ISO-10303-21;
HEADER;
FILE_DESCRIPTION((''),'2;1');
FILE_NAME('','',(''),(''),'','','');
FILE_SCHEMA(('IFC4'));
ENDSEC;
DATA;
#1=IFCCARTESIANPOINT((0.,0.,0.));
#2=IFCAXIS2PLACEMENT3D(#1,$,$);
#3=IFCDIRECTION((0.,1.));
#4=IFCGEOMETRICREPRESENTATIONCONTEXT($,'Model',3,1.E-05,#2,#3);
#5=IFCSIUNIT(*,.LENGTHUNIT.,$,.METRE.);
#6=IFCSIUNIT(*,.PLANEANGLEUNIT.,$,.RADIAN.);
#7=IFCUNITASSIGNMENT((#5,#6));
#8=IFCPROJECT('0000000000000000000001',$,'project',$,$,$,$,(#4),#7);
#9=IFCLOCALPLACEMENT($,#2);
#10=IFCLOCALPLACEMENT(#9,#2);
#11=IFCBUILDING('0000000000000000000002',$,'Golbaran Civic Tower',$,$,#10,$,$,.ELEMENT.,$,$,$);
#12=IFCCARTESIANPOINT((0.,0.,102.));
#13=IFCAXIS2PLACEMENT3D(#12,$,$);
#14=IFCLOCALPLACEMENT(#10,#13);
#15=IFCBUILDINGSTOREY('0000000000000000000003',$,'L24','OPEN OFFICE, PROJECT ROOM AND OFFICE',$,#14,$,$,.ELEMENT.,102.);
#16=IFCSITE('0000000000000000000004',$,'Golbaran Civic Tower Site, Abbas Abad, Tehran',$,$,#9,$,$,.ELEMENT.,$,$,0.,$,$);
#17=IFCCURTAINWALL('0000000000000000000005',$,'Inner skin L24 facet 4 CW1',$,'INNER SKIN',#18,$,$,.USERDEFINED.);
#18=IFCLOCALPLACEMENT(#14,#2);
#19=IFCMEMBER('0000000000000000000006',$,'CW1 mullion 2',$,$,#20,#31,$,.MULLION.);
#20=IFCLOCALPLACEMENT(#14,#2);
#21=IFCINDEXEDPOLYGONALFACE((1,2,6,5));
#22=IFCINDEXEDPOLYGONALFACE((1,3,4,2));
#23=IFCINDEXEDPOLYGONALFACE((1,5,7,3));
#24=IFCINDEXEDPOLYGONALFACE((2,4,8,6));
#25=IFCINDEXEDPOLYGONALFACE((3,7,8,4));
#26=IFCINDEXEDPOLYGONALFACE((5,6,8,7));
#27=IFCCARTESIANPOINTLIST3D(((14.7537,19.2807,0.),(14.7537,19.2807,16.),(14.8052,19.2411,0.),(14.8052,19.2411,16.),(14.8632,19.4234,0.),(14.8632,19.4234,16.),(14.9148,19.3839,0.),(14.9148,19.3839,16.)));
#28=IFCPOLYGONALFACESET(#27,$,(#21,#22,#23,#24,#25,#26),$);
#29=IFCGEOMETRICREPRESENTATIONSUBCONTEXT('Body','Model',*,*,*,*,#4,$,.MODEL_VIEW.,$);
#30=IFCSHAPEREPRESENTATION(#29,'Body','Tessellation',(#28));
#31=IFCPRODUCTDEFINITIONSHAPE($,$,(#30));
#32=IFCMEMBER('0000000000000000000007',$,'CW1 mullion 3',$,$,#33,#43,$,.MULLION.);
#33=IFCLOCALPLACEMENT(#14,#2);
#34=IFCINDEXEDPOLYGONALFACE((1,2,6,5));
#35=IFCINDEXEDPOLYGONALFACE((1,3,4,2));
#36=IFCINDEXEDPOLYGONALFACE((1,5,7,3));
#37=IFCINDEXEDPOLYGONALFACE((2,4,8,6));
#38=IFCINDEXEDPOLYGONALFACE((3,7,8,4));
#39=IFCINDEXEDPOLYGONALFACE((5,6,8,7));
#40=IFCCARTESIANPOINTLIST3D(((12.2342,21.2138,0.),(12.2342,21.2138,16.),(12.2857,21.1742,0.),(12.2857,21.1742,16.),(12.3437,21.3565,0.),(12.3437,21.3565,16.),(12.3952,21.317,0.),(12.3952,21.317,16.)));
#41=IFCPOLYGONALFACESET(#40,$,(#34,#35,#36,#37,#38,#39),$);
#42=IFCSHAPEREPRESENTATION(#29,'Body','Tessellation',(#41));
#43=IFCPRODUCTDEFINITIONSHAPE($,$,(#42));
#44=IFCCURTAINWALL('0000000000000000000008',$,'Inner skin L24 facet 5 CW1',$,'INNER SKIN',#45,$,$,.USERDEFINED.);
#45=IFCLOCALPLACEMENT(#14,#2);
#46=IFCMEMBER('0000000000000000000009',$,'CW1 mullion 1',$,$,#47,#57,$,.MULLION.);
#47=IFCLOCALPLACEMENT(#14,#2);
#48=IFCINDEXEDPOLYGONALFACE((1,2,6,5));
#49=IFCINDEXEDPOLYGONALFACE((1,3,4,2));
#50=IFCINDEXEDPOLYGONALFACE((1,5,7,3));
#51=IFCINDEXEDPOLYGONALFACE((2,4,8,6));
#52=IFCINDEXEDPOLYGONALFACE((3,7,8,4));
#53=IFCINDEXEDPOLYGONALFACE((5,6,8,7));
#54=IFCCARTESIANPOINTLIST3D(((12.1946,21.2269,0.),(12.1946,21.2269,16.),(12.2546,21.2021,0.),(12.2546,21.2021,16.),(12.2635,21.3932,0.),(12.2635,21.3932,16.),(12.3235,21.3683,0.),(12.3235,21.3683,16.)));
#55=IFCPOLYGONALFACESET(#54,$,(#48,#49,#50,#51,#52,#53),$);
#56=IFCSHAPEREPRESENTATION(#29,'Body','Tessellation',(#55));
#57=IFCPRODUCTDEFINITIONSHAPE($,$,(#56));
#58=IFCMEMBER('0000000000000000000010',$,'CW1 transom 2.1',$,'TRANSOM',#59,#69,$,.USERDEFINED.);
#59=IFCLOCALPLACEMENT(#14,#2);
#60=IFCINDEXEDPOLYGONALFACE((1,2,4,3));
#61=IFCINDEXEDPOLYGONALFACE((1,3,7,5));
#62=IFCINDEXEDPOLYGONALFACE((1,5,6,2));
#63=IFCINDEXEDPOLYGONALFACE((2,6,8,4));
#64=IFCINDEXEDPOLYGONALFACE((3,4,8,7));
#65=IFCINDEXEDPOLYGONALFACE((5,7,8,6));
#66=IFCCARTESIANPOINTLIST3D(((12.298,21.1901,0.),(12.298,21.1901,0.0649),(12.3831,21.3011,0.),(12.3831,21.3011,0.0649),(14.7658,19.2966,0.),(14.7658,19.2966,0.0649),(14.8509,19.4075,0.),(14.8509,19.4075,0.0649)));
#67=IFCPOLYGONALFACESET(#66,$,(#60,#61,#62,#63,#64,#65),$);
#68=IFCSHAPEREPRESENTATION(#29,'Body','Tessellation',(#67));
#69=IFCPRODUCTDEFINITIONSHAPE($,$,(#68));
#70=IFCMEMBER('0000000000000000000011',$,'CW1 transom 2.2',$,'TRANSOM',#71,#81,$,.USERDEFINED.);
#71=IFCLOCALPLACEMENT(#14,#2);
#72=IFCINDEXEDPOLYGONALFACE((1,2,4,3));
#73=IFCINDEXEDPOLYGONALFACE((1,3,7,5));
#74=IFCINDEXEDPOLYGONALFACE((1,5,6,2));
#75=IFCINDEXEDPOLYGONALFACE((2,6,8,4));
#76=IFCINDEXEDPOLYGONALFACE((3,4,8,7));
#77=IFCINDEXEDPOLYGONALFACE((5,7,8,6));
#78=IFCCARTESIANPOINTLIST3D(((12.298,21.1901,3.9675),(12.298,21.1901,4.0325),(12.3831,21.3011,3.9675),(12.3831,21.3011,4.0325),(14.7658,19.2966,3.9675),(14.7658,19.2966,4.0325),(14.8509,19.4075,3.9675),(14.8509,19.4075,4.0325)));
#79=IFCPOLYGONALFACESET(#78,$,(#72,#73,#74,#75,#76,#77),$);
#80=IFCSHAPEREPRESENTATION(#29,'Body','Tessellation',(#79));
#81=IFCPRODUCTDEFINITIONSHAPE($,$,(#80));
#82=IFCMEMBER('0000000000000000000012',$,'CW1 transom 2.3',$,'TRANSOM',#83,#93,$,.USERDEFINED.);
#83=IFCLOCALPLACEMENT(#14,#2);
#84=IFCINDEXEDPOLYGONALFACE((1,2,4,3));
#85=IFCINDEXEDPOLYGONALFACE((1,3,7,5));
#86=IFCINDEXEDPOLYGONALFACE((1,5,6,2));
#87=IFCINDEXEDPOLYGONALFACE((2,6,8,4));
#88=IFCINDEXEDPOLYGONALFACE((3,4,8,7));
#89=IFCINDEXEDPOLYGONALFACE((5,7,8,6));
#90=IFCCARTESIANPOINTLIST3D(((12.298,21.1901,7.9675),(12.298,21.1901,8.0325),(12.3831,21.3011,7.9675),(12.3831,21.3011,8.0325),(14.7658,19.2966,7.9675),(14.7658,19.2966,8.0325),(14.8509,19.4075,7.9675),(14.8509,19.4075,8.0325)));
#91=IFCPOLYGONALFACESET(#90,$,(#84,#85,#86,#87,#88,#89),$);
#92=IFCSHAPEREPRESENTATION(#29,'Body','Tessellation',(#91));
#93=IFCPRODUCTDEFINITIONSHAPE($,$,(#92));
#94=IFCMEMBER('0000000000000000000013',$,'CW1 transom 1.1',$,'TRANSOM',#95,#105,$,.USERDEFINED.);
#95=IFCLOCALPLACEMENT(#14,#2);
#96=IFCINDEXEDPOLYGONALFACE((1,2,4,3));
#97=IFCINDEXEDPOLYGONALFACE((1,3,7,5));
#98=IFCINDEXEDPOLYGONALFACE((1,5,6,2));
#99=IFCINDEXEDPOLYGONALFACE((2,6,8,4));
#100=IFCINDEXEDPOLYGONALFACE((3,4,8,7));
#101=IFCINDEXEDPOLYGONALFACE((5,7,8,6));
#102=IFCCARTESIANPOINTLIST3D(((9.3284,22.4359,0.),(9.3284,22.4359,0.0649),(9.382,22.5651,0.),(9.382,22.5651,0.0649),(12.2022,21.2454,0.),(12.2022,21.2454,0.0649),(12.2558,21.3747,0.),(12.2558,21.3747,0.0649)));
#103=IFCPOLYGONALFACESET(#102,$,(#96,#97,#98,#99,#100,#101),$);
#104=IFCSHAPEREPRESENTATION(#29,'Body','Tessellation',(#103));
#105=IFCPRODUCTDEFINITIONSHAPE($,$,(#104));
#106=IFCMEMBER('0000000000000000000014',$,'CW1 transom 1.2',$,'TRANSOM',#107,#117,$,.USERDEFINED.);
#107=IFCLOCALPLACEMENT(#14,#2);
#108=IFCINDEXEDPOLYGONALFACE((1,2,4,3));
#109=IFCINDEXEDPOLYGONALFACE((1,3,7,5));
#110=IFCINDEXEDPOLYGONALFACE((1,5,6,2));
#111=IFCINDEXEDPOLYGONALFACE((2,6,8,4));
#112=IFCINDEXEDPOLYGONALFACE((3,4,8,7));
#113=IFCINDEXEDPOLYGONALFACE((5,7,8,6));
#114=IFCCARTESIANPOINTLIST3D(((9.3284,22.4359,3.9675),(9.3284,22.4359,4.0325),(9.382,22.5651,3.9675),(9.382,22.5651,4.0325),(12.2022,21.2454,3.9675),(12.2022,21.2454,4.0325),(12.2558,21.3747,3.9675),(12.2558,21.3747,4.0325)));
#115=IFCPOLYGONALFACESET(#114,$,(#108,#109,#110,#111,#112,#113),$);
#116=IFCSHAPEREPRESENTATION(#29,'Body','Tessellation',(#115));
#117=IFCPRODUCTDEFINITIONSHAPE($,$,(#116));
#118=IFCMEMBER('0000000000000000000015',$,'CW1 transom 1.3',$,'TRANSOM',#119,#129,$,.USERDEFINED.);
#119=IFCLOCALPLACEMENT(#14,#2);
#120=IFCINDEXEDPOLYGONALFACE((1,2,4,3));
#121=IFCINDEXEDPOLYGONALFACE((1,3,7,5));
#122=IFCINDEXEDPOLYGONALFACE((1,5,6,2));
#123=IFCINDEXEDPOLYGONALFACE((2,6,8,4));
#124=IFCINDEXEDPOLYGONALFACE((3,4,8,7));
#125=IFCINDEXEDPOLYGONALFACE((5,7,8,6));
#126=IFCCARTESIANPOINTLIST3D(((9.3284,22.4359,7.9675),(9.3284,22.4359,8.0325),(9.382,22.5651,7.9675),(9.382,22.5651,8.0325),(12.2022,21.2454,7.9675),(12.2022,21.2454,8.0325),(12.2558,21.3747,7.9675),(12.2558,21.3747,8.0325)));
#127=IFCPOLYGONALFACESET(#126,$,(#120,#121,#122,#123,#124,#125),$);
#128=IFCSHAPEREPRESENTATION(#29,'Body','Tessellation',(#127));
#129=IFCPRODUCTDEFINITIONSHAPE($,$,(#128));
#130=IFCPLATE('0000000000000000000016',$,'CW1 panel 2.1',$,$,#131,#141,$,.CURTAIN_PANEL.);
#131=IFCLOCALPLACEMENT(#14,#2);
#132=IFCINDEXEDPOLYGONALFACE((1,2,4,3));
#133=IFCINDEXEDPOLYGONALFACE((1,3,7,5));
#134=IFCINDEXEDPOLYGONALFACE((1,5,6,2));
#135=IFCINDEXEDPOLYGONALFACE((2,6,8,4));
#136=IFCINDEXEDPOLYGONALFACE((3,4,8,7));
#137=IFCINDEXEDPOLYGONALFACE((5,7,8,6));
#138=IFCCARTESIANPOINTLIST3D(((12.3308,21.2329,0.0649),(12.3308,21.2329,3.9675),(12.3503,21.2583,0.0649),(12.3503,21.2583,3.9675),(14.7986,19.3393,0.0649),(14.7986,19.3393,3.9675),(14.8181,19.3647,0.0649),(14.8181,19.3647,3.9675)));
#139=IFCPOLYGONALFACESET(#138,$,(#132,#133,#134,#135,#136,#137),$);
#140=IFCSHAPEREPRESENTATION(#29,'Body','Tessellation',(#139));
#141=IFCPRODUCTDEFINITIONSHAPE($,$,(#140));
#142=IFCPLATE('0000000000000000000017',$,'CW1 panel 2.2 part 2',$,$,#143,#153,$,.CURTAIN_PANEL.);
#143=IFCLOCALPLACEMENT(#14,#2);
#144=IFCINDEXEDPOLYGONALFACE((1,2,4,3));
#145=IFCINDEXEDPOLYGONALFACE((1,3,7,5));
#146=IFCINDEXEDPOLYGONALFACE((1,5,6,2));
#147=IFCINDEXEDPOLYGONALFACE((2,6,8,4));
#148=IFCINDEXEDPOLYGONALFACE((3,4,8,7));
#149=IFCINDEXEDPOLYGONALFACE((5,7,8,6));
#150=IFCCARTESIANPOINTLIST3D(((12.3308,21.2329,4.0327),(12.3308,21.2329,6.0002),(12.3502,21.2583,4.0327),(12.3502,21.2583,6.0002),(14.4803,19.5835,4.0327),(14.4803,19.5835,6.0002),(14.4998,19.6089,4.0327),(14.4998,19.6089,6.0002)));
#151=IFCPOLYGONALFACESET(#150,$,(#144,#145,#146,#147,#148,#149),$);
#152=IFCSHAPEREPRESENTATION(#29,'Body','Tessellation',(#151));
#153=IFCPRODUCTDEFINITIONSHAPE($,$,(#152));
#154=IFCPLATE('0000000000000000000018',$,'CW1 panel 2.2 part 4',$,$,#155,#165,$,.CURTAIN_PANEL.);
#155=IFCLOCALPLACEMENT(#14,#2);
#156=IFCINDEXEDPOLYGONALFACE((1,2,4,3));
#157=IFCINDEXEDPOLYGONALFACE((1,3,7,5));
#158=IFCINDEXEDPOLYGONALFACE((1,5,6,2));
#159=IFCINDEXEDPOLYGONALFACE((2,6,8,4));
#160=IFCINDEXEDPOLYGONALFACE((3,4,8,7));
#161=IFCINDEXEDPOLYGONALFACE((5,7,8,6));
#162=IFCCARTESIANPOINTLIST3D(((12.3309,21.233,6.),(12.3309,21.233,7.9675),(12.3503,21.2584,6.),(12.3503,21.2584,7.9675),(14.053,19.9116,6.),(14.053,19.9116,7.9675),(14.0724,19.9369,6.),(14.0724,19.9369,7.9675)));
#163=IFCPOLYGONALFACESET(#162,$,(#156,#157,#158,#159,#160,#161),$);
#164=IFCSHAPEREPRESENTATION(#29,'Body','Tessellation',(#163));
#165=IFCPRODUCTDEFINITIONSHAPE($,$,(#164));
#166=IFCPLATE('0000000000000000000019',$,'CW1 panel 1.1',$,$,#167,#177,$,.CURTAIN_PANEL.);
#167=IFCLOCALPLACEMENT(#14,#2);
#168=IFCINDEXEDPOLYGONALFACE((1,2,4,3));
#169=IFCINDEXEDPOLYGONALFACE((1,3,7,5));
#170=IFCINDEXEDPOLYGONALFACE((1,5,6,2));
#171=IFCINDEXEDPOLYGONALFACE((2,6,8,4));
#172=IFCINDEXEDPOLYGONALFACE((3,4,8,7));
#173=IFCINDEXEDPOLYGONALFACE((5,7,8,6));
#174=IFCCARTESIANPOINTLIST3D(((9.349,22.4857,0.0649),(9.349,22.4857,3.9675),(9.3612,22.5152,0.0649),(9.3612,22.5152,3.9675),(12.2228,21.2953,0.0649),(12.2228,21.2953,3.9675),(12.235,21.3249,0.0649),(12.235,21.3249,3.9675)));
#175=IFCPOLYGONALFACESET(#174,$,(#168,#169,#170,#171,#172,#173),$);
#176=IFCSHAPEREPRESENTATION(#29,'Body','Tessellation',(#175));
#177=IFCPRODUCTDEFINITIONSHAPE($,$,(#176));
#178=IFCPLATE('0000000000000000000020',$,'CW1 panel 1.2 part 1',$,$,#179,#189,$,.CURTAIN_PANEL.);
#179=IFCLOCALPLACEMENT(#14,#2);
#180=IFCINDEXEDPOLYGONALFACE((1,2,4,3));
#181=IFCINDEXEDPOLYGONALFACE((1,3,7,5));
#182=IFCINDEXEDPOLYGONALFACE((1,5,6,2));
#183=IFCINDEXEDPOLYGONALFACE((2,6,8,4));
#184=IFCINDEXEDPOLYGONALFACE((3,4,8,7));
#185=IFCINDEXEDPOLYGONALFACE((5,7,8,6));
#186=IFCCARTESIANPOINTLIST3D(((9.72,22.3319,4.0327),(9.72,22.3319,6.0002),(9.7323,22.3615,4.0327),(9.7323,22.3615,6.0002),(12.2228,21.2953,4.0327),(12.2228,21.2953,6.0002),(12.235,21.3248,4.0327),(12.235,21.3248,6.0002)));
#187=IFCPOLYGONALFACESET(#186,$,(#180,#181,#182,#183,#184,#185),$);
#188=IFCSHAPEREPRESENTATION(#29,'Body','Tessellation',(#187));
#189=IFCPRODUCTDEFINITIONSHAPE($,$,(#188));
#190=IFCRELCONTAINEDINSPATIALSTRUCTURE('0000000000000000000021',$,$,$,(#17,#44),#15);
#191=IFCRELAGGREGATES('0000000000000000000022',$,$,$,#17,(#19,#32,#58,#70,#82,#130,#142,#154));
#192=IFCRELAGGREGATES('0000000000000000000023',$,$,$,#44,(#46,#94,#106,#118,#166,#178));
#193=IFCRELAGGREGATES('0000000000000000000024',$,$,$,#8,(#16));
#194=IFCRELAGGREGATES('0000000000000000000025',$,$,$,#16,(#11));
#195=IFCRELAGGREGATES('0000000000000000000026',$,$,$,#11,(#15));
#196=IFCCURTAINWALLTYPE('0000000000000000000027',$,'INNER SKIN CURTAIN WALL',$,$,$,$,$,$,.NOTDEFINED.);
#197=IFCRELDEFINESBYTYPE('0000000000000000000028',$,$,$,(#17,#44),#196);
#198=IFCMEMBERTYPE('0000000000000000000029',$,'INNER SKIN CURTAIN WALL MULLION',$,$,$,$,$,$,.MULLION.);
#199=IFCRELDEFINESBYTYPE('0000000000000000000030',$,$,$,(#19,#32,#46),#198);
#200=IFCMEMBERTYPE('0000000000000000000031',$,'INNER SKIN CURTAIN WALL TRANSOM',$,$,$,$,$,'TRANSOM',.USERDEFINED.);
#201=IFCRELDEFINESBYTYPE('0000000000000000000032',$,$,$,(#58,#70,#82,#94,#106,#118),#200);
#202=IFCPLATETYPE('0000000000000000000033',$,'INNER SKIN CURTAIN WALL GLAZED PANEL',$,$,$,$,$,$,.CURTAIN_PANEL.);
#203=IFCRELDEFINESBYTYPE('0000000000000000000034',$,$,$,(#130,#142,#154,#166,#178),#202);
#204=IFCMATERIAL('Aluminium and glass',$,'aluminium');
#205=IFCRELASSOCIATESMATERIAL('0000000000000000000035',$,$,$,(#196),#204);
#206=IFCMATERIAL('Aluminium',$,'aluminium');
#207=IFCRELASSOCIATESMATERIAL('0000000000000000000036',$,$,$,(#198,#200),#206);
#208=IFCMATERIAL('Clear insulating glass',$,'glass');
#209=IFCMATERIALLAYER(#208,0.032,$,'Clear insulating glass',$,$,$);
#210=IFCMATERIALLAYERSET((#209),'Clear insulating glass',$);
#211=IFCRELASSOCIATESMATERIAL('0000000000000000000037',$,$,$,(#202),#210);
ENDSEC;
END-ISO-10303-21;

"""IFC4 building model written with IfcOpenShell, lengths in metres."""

from ifc_helpers import new_model, si_unit, direction, frame, origin, origin_2d, place, context, subcontext, project, spatial, rectangle, extrude, material, layer, layer_set, material_profile, profile_set, type_object, element, aggregate, save


model = new_model("IFC4")

# Units and contexts
model_context = context("Model", 3, precision=1e-05, world=origin(), true_north=direction((0.0, 1.0)))
body_context = subcontext(model_context, "Body", "Model", "MODEL_VIEW")
ifc_project = project(units=[si_unit("LENGTHUNIT", "METRE"), si_unit("PLANEANGLEUNIT", "RADIAN")], contexts=[model_context])

# Site, building, storey
site_placement = place(None, origin())
site = spatial("IfcSite", under=ifc_project, at=site_placement, Name="Golbaran Civic Tower Site, Abbas Abad, Tehran", CompositionType="ELEMENT", RefElevation=0.0)
building_placement = place(site_placement, origin())
building = spatial("IfcBuilding", under=site, at=building_placement, Name="Golbaran Civic Tower", CompositionType="ELEMENT")
storey_placement = place(building_placement, frame((0.0, 0.0, 102.0)))
storey = spatial("IfcBuildingStorey", under=building, at=storey_placement, Name="L24", Description="OPEN OFFICE, PROJECT ROOM AND OFFICE", CompositionType="ELEMENT", Elevation=102.0)

# Curtain wall, members
ifc_material_1 = material(Name="Aluminium and glass", Category="aluminium")
curtain_wall_type_1 = type_object("IfcCurtainWallType", Name="INNER SKIN CURTAIN WALL", PredefinedType="NOTDEFINED", material=ifc_material_1)
curtain_wall_1_placement = place(storey_placement, origin())
curtain_wall_1 = element("IfcCurtainWall", 1, at=curtain_wall_1_placement, inside=storey, type_object=curtain_wall_type_1, Name="Inner skin L24 facet 4 CW1", ObjectType="INNER SKIN", PredefinedType="USERDEFINED")
ifc_material_2 = material(Name="Aluminium", Category="aluminium")
ifc_material_profile_1 = material_profile(ifc_material_2, rectangle(XDim=0.1799, YDim=0.0649, at=origin_2d()), Name="INNER SKIN CURTAIN WALL MULLION")
ifc_profile_set_1 = profile_set([ifc_material_profile_1], Name="Aluminium")
member_type_1 = type_object("IfcMemberType", Name="INNER SKIN CURTAIN WALL MULLION", PredefinedType="MULLION", material=ifc_profile_set_1)
member_1_placement = place(storey_placement, frame((14.8342, 19.3323, 0.0), z_axis=(0.0, 0.0, 1.0), x_axis=(-0.608761, -0.793353, 0.0)))
member_1 = element("IfcMember", 2, at=member_1_placement, type_object=member_type_1, Name="CW1 mullion 2", PredefinedType="MULLION", context=body_context, shape_type="SweptSolid", body=[
    extrude(rectangle(XDim=0.1799, YDim=0.0649, at=origin_2d()), origin(), (0.0, 0.0, 1.0), 16.0),
])
member_2_placement = place(storey_placement, frame((12.3147, 21.2654, 0.0), z_axis=(0.0, 0.0, 1.0), x_axis=(-0.608761, -0.793353, 0.0)))
member_2 = element("IfcMember", 3, at=member_2_placement, type_object=member_type_1, Name="CW1 mullion 3", PredefinedType="MULLION", context=body_context, shape_type="SweptSolid", body=[
    extrude(rectangle(XDim=0.1799, YDim=0.0649, at=origin_2d()), origin(), (0.0, 0.0, 1.0), 16.0),
])

# Curtain wall, member
curtain_wall_2_placement = place(storey_placement, origin())
curtain_wall_2 = element("IfcCurtainWall", 4, at=curtain_wall_2_placement, inside=storey, type_object=curtain_wall_type_1, Name="Inner skin L24 facet 5 CW1", ObjectType="INNER SKIN", PredefinedType="USERDEFINED")
member_3_placement = place(storey_placement, frame((12.259, 21.2976, 0.0), z_axis=(0.0, 0.0, 1.0), x_axis=(-0.382683, -0.92388, 0.0)))
member_3 = element("IfcMember", 5, at=member_3_placement, type_object=member_type_1, Name="CW1 mullion 1", PredefinedType="MULLION", context=body_context, shape_type="SweptSolid", body=[
    extrude(rectangle(XDim=0.1799, YDim=0.0649, at=origin_2d()), origin(), (0.0, 0.0, 1.0), 16.0),
])

# Members
ifc_material_profile_2 = material_profile(ifc_material_2, rectangle(XDim=0.1399, YDim=0.0649, at=origin_2d()), Name="INNER SKIN CURTAIN WALL TRANSOM")
ifc_profile_set_2 = profile_set([ifc_material_profile_2], Name="Aluminium")
member_type_2 = type_object("IfcMemberType", Name="INNER SKIN CURTAIN WALL TRANSOM", ElementType="TRANSOM", PredefinedType="USERDEFINED", material=ifc_profile_set_2)
member_4_placement = place(storey_placement, frame((14.8083, 19.3521, 0.0325), z_axis=(-0.793359, 0.608754, 0.0), x_axis=(-0.608754, -0.793359, 0.0)))
member_4 = element("IfcMember", 6, at=member_4_placement, type_object=member_type_2, Name="CW1 transom 2.1", ObjectType="TRANSOM", PredefinedType="USERDEFINED", context=body_context, shape_type="SweptSolid", body=[
    extrude(rectangle(XDim=0.1399, YDim=0.0649, at=origin_2d()), origin(), (0.0, 0.0, 1.0), 3.1106),
])
member_5_placement = place(storey_placement, frame((14.8083, 19.3521, 4.0), z_axis=(-0.793359, 0.608754, 0.0), x_axis=(-0.608754, -0.793359, 0.0)))
member_5 = element("IfcMember", 7, at=member_5_placement, type_object=member_type_2, Name="CW1 transom 2.2", ObjectType="TRANSOM", PredefinedType="USERDEFINED", context=body_context, shape_type="SweptSolid", body=[
    extrude(rectangle(XDim=0.1399, YDim=0.0649, at=origin_2d()), origin(), (0.0, 0.0, 1.0), 3.1106),
])
member_6_placement = place(storey_placement, frame((14.8083, 19.3521, 8.0), z_axis=(-0.793359, 0.608754, 0.0), x_axis=(-0.608754, -0.793359, 0.0)))
member_6 = element("IfcMember", 8, at=member_6_placement, type_object=member_type_2, Name="CW1 transom 2.3", ObjectType="TRANSOM", PredefinedType="USERDEFINED", context=body_context, shape_type="SweptSolid", body=[
    extrude(rectangle(XDim=0.1399, YDim=0.0649, at=origin_2d()), origin(), (0.0, 0.0, 1.0), 3.1106),
])
member_7_placement = place(storey_placement, frame((12.229, 21.3101, 0.0325), z_axis=(-0.923871, 0.382703, 0.0), x_axis=(-0.382703, -0.923871, 0.0)))
member_7 = element("IfcMember", 9, at=member_7_placement, type_object=member_type_2, Name="CW1 transom 1.1", ObjectType="TRANSOM", PredefinedType="USERDEFINED", context=body_context, shape_type="SweptSolid", body=[
    extrude(rectangle(XDim=0.1399, YDim=0.0649, at=origin_2d()), origin(), (0.0, 0.0, 1.0), 3.1106),
])
member_8_placement = place(storey_placement, frame((12.229, 21.3101, 4.0), z_axis=(-0.923871, 0.382703, 0.0), x_axis=(-0.382703, -0.923871, 0.0)))
member_8 = element("IfcMember", 10, at=member_8_placement, type_object=member_type_2, Name="CW1 transom 1.2", ObjectType="TRANSOM", PredefinedType="USERDEFINED", context=body_context, shape_type="SweptSolid", body=[
    extrude(rectangle(XDim=0.1399, YDim=0.0649, at=origin_2d()), origin(), (0.0, 0.0, 1.0), 3.1106),
])
member_9_placement = place(storey_placement, frame((12.229, 21.3101, 8.0), z_axis=(-0.923871, 0.382703, 0.0), x_axis=(-0.382703, -0.923871, 0.0)))
member_9 = element("IfcMember", 11, at=member_9_placement, type_object=member_type_2, Name="CW1 transom 1.3", ObjectType="TRANSOM", PredefinedType="USERDEFINED", context=body_context, shape_type="SweptSolid", body=[
    extrude(rectangle(XDim=0.1399, YDim=0.0649, at=origin_2d()), origin(), (0.0, 0.0, 1.0), 3.1106),
])

# Plates
ifc_material_3 = material(Name="Clear insulating glass", Category="glass")
ifc_layer_1 = layer(ifc_material_3, 0.032, Name="Clear insulating glass")
ifc_layer_set_1 = layer_set([ifc_layer_1], Name="Clear insulating glass")
plate_type_1 = type_object("IfcPlateType", Name="INNER SKIN CURTAIN WALL GLAZED PANEL", PredefinedType="CURTAIN_PANEL", material=ifc_layer_set_1)
plate_1_placement = place(storey_placement, frame((13.5745, 20.2988, 0.0649), z_axis=(0.0, 0.0, 1.0), x_axis=(-0.793353, 0.608761, 0.0)))
plate_1 = element("IfcPlate", 12, at=plate_1_placement, type_object=plate_type_1, Name="CW1 panel 2.1", PredefinedType="CURTAIN_PANEL", context=body_context, shape_type="SweptSolid", body=[
    extrude(rectangle(XDim=3.1106, YDim=0.032, at=origin_2d()), origin(), (0.0, 0.0, 1.0), 3.9026),
])
plate_2_placement = place(storey_placement, frame((13.4153, 20.4209, 4.0327), z_axis=(0.0, 0.0, 1.0), x_axis=(-0.793353, 0.608761, 0.0)))
plate_2 = element("IfcPlate", 13, at=plate_2_placement, type_object=plate_type_1, Name="CW1 panel 2.2 part 2", PredefinedType="CURTAIN_PANEL", context=body_context, shape_type="SweptSolid", body=[
    extrude(rectangle(XDim=2.7095, YDim=0.032, at=origin_2d()), origin(), (0.0, 0.0, 1.0), 1.9675),
])
plate_3_placement = place(storey_placement, frame((13.2017, 20.585, 6.0), z_axis=(0.0, 0.0, 1.0), x_axis=(-0.793353, 0.608761, 0.0)))
plate_3 = element("IfcPlate", 14, at=plate_3_placement, type_object=plate_type_1, Name="CW1 panel 2.2 part 4", PredefinedType="CURTAIN_PANEL", context=body_context, shape_type="SweptSolid", body=[
    extrude(rectangle(XDim=2.1707, YDim=0.032, at=origin_2d()), origin(), (0.0, 0.0, 1.0), 1.9675),
])
plate_4_placement = place(storey_placement, frame((10.792, 21.9053, 0.0649), z_axis=(0.0, 0.0, 1.0), x_axis=(-0.92388, 0.382683, 0.0)))
plate_4 = element("IfcPlate", 15, at=plate_4_placement, type_object=plate_type_1, Name="CW1 panel 1.1", PredefinedType="CURTAIN_PANEL", context=body_context, shape_type="SweptSolid", body=[
    extrude(rectangle(XDim=3.1106, YDim=0.032, at=origin_2d()), origin(), (0.0, 0.0, 1.0), 3.9026),
])
plate_5_placement = place(storey_placement, frame((10.9775, 21.8284, 4.0327), z_axis=(0.0, 0.0, 1.0), x_axis=(-0.92388, 0.382683, 0.0)))
plate_5 = element("IfcPlate", 16, at=plate_5_placement, type_object=plate_type_1, Name="CW1 panel 1.2 part 1", PredefinedType="CURTAIN_PANEL", context=body_context, shape_type="SweptSolid", body=[
    extrude(rectangle(XDim=2.709, YDim=0.032, at=origin_2d()), origin(), (0.0, 0.0, 1.0), 1.9675),
])
aggregate(curtain_wall_1, [member_1, member_2, member_4, member_5, member_6, plate_1, plate_2, plate_3])
aggregate(curtain_wall_2, [member_3, member_7, member_8, member_9, plate_4, plate_5])

save(model, "model.ifc")
